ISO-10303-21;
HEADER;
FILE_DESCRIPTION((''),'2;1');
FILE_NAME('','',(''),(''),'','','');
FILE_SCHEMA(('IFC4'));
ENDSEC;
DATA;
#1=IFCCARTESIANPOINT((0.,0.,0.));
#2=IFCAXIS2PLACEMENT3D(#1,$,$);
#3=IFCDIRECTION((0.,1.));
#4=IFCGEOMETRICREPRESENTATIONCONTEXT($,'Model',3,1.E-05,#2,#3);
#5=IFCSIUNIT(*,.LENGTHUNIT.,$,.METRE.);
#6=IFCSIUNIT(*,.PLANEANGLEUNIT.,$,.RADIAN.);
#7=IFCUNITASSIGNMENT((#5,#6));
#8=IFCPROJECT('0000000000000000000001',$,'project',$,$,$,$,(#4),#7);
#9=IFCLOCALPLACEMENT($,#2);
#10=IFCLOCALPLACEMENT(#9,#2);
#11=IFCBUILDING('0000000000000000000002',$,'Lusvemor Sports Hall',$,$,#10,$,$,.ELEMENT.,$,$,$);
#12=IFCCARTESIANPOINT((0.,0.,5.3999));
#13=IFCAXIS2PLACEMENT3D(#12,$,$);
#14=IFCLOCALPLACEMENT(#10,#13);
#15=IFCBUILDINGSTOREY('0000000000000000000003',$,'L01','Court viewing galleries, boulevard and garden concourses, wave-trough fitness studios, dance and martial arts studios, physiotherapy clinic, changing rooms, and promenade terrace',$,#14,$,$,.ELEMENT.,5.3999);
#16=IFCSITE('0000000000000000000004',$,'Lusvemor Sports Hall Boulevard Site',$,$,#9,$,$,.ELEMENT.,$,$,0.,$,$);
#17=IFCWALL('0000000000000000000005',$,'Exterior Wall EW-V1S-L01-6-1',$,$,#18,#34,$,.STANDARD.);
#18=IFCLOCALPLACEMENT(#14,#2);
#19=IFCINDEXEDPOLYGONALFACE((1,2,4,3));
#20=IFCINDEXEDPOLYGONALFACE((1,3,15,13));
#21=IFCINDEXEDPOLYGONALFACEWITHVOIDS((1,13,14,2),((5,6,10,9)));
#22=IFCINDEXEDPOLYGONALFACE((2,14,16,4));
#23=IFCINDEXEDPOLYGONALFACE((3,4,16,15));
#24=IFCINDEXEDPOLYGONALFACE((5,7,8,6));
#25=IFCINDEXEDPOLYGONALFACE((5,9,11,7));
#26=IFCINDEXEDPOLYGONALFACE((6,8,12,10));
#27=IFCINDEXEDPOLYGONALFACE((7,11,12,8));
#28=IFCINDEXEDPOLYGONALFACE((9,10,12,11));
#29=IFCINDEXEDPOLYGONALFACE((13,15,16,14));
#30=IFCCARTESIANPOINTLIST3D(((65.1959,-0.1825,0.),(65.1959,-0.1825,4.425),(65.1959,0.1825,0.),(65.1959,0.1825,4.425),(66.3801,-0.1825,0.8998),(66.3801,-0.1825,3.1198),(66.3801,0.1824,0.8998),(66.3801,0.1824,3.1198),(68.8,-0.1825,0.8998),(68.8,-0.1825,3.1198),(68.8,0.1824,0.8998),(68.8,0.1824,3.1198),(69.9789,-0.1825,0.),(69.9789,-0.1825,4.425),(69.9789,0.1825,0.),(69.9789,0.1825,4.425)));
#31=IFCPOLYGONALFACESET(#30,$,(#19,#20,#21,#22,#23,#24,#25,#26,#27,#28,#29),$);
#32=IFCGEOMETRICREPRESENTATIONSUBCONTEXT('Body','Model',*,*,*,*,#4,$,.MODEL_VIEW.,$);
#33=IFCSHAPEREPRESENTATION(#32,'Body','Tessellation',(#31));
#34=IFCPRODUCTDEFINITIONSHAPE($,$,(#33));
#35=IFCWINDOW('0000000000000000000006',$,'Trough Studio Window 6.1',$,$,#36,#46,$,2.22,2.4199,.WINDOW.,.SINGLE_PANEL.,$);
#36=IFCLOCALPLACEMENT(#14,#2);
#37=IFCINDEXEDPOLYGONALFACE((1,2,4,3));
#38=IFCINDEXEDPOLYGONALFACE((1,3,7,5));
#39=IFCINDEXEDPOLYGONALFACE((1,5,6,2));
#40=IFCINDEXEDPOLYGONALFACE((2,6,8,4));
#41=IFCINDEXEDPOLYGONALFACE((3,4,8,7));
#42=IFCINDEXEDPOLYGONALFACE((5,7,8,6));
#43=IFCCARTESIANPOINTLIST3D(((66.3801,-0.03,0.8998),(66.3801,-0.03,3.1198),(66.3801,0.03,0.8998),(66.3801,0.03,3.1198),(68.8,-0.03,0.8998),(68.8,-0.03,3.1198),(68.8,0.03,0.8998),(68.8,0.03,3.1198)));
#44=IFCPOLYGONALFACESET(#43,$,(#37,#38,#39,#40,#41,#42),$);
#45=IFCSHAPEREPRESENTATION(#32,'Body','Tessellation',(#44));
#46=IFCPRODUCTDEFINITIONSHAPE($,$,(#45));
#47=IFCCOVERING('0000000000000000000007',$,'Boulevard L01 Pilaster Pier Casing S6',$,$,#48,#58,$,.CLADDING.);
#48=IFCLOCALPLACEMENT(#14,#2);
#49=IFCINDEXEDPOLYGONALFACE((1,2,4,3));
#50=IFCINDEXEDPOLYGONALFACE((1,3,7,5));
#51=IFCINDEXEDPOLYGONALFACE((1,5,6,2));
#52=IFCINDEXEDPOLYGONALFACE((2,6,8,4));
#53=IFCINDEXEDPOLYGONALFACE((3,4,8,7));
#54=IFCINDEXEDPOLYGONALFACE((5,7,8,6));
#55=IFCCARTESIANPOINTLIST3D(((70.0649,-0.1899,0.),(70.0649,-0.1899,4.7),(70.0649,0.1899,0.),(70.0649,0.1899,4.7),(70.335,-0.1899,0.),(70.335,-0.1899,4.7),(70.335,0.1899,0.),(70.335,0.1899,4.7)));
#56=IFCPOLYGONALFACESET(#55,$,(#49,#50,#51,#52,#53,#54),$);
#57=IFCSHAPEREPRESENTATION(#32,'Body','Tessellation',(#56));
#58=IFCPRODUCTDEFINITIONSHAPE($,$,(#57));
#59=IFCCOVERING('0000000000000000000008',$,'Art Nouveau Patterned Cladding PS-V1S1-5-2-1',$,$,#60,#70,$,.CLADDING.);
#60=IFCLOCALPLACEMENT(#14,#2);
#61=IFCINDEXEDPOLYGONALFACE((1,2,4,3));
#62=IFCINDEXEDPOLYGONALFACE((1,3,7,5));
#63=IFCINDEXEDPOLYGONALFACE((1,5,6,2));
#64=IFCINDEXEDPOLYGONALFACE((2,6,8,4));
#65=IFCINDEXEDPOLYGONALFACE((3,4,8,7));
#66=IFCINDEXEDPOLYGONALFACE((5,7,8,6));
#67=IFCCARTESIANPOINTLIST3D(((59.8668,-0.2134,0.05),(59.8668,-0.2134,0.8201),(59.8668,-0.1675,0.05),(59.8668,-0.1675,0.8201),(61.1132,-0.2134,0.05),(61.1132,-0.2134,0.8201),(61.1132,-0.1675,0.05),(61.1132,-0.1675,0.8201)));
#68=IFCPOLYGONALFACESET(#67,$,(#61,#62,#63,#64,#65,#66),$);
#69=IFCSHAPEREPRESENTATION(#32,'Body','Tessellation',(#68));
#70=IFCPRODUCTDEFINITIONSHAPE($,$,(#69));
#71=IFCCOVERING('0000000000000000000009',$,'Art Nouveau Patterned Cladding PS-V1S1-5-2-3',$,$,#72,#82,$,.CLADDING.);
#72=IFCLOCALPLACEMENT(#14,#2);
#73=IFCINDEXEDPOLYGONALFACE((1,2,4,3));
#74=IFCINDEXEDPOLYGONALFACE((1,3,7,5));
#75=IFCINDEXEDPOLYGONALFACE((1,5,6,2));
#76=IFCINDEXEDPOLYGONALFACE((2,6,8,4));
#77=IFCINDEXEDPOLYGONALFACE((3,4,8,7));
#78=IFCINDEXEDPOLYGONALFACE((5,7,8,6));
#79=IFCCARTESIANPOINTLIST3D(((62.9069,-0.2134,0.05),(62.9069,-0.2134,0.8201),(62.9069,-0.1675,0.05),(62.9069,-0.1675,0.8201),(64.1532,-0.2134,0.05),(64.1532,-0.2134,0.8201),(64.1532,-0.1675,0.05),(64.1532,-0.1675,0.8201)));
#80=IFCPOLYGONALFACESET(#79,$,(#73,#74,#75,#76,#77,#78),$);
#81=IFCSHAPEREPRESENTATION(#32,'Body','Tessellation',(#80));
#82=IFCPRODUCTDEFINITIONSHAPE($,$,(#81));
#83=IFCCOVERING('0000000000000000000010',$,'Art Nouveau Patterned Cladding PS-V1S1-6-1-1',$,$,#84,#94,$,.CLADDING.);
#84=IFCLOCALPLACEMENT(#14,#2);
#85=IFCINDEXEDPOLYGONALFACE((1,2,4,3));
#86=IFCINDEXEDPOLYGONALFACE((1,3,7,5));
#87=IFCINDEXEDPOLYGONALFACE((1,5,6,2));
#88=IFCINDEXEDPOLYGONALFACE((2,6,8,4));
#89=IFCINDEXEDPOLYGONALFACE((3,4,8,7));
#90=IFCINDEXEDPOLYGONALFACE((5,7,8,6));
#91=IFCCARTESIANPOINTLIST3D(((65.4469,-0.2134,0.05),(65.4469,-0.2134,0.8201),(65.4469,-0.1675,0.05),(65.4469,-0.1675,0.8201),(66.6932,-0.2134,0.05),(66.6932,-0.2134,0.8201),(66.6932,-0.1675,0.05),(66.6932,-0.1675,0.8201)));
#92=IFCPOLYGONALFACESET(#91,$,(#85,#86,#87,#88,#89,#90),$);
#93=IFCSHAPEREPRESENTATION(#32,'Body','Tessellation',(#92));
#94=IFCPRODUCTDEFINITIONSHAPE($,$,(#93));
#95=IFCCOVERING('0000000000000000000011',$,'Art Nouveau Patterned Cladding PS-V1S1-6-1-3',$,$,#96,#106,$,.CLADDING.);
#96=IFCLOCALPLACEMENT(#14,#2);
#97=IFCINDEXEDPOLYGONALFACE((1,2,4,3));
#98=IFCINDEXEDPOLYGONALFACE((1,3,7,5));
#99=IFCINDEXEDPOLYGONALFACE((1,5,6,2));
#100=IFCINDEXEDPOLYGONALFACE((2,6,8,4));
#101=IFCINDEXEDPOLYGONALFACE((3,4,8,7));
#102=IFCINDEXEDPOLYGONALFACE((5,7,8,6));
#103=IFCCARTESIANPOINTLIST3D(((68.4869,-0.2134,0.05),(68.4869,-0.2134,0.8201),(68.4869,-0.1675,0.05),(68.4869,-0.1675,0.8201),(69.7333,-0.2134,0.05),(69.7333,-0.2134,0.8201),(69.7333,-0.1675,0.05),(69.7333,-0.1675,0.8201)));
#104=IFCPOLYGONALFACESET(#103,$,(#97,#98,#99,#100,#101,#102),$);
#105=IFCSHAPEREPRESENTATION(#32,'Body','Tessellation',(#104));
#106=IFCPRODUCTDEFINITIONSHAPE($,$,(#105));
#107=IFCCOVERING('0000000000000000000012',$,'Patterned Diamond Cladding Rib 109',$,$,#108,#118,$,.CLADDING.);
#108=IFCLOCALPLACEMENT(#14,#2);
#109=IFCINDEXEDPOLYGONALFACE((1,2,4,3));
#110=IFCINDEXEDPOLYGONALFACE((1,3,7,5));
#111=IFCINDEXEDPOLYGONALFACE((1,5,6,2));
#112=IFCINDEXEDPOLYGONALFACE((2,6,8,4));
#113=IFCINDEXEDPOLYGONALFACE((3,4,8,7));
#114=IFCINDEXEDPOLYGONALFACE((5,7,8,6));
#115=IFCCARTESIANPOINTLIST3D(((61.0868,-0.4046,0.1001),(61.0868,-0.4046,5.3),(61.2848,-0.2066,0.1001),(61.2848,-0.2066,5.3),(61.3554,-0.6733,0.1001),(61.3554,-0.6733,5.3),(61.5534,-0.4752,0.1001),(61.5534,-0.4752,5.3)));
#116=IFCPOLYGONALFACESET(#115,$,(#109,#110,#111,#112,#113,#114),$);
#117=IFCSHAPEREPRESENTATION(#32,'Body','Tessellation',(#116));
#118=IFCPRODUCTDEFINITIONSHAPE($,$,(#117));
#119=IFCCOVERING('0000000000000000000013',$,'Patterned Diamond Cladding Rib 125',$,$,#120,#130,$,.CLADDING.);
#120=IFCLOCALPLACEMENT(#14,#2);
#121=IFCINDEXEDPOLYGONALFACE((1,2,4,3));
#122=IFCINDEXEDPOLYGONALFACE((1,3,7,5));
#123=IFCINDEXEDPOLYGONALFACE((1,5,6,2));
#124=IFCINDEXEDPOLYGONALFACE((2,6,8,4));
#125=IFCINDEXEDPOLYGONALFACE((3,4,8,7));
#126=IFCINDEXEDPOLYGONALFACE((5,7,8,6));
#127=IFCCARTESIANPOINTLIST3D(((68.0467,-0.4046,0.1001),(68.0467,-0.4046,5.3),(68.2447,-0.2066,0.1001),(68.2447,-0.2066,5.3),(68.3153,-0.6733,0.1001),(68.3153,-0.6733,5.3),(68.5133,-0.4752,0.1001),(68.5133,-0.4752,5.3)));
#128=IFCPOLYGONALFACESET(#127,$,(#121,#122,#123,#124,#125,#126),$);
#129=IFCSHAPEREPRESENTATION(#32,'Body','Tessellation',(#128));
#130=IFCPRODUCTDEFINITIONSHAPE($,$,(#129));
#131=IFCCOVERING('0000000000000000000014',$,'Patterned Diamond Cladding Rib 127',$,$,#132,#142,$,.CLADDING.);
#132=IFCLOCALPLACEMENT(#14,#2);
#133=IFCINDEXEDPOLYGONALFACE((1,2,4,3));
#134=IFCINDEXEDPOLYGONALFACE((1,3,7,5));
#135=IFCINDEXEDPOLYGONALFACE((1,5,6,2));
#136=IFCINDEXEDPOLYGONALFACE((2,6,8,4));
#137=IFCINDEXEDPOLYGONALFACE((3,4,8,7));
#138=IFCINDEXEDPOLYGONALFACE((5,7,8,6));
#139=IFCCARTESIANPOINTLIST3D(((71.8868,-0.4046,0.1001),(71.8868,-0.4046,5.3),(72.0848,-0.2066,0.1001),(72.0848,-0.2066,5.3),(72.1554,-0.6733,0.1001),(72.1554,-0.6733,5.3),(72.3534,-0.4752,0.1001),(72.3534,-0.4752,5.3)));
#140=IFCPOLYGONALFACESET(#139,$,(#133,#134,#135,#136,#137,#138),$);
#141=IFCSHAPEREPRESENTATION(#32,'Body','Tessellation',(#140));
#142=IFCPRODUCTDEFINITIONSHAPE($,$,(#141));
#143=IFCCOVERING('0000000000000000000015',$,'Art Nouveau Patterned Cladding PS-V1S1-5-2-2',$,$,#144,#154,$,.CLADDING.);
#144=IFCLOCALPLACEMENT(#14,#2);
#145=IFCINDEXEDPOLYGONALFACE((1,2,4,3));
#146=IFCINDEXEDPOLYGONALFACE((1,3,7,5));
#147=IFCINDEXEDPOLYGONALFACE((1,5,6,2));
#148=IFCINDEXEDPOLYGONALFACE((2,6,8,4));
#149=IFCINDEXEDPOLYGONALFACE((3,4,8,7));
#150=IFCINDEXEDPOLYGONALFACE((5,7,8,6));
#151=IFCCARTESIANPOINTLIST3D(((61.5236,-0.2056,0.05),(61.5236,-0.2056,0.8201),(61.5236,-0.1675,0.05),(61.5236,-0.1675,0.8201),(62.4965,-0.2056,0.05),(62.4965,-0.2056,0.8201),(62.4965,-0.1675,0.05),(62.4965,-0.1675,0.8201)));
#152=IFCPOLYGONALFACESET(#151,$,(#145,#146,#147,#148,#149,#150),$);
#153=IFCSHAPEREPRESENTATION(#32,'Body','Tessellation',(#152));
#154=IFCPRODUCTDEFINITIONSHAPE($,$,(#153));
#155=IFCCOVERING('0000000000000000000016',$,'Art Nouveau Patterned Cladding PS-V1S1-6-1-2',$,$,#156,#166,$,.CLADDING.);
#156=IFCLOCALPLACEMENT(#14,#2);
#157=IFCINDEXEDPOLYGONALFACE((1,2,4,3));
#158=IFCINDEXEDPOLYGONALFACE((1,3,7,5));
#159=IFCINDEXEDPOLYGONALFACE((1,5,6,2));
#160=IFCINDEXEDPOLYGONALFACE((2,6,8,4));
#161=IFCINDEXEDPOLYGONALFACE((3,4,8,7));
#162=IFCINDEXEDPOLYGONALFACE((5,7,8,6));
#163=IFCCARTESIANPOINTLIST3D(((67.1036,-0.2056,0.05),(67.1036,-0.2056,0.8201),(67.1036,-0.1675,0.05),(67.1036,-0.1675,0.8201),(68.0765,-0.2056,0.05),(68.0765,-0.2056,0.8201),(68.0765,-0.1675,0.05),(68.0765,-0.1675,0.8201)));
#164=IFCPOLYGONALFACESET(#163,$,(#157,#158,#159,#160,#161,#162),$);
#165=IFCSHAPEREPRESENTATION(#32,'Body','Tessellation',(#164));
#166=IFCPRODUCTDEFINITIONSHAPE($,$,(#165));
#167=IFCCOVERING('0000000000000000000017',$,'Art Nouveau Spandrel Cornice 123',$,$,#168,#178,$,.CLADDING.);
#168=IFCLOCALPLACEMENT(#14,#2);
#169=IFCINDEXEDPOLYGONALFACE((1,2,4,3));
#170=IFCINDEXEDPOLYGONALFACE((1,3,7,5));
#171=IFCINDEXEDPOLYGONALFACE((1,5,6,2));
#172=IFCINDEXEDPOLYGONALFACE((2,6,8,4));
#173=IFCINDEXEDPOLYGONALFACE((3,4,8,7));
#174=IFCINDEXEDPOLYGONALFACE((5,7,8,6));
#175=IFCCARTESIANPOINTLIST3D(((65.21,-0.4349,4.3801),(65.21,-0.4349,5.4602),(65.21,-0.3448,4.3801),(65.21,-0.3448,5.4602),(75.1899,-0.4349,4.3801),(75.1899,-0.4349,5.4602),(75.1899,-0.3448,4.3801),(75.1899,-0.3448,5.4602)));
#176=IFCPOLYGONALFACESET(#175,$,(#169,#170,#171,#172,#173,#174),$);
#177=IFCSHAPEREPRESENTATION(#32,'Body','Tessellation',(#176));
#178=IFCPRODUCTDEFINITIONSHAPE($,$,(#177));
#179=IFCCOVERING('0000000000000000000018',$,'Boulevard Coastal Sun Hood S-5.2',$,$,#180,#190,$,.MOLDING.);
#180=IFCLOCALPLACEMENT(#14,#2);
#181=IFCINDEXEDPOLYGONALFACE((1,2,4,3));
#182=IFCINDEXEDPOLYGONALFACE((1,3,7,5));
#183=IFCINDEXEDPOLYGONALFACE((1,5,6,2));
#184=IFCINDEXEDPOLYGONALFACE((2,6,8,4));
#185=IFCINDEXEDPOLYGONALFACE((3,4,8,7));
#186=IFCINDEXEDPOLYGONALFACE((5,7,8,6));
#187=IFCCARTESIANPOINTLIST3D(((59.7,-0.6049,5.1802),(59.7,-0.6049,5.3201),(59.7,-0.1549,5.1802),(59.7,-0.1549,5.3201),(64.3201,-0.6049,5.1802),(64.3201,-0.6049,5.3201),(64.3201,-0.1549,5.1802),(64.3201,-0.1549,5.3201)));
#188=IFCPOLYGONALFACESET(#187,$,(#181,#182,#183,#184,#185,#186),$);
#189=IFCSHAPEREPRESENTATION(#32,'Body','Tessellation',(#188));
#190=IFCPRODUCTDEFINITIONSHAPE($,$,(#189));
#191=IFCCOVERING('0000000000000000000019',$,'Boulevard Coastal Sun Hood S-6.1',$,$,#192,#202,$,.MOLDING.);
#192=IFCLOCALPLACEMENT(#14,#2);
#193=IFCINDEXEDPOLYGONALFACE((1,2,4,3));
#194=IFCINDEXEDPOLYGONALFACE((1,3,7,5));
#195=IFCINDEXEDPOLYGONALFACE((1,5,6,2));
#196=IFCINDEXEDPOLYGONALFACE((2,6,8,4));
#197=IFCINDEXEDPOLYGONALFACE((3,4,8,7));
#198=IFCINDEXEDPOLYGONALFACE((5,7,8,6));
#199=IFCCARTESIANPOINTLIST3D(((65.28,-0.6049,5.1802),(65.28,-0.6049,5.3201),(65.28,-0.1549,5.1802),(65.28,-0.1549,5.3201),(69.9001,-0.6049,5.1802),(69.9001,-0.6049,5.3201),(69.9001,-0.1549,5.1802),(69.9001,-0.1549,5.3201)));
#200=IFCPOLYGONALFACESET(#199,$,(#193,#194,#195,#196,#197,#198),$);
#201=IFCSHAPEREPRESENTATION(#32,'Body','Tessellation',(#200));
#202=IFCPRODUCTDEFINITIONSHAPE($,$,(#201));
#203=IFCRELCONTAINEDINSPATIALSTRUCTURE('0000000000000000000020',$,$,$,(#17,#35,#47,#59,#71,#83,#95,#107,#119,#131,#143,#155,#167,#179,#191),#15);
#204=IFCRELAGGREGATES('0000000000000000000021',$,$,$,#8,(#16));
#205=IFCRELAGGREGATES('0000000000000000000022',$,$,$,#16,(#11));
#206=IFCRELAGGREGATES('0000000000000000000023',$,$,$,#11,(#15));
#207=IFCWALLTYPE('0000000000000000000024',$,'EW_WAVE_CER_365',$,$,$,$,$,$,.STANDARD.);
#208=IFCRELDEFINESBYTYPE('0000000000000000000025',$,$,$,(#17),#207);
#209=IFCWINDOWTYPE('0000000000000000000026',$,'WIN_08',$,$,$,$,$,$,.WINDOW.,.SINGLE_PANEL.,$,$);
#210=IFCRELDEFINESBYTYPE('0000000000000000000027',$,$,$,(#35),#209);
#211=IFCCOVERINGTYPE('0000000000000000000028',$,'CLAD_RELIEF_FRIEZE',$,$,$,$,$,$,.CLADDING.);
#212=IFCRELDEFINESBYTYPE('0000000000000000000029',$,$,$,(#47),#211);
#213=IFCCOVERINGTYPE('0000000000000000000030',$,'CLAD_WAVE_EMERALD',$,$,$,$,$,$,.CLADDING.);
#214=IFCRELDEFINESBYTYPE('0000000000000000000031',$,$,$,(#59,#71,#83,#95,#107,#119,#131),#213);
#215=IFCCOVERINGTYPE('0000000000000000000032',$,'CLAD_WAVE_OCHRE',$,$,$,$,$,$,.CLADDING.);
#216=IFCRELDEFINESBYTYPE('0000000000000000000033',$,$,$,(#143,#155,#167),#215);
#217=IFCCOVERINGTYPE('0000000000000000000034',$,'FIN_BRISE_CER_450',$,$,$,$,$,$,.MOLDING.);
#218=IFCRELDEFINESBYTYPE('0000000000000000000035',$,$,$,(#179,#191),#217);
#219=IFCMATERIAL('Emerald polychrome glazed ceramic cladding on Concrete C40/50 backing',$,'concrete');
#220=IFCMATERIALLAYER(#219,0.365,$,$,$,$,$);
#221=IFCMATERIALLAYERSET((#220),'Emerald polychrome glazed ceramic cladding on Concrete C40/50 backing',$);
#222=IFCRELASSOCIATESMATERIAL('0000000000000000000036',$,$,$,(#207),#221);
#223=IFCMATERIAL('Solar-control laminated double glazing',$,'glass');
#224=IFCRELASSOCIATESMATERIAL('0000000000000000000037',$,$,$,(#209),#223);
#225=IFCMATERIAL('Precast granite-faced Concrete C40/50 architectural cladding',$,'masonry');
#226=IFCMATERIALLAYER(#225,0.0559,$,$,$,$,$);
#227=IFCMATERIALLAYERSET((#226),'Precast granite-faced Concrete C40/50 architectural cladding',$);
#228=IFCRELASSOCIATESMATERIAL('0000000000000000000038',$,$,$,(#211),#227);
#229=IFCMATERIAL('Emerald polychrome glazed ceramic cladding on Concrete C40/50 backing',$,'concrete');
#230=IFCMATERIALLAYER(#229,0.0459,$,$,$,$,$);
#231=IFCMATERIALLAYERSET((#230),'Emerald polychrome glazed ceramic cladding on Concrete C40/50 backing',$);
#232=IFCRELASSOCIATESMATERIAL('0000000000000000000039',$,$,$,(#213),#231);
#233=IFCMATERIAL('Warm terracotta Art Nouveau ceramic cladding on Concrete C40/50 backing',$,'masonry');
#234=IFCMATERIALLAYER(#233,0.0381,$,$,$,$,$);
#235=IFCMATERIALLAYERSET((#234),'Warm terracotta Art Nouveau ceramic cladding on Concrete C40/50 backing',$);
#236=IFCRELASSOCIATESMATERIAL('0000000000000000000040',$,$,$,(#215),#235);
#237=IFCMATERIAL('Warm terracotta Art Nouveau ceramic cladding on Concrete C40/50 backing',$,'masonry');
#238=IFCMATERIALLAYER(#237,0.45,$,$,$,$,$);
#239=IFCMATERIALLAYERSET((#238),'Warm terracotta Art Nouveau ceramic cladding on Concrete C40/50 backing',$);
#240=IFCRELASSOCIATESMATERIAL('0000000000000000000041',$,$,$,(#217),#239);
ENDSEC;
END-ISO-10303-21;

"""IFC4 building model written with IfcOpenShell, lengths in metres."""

from ifc_helpers import new_model, si_unit, direction, frame, frame_2d, origin, origin_2d, place, context, subcontext, project, spatial, rectangle, extrude, material, layer, layer_set, type_object, element, fill, save


model = new_model("IFC4")

# Units and contexts
model_context = context("Model", 3, precision=1e-05, world=origin(), true_north=direction((0.0, 1.0)))
body_context = subcontext(model_context, "Body", "Model", "MODEL_VIEW")
ifc_project = project(units=[si_unit("LENGTHUNIT", "METRE"), si_unit("PLANEANGLEUNIT", "RADIAN")], contexts=[model_context])

# Site, building, storey
site_placement = place(None, origin())
site = spatial("IfcSite", under=ifc_project, at=site_placement, Name="Lusvemor Sports Hall Boulevard Site", CompositionType="ELEMENT", RefElevation=0.0)
building_placement = place(site_placement, origin())
building = spatial("IfcBuilding", under=site, at=building_placement, Name="Lusvemor Sports Hall", CompositionType="ELEMENT")
storey_placement = place(building_placement, frame((0.0, 0.0, 5.3999)))
storey = spatial("IfcBuildingStorey", under=building, at=storey_placement, Name="L01", Description="Court viewing galleries, boulevard and garden concourses, wave-trough fitness studios, dance and martial arts studios, physiotherapy clinic, changing rooms, and promenade terrace", CompositionType="ELEMENT", Elevation=5.3999)

# Wall, opening, window
ifc_material_1 = material(Name="Emerald polychrome glazed ceramic cladding on Concrete C40/50 backing", Category="concrete")
ifc_layer_1 = layer(ifc_material_1, 0.365)
ifc_layer_set_1 = layer_set([ifc_layer_1], Name="Emerald polychrome glazed ceramic cladding on Concrete C40/50 backing")
wall_type = type_object("IfcWallType", Name="EW_WAVE_CER_365", PredefinedType="STANDARD", material=ifc_layer_set_1)
ifc_material_2 = material(Name="Solar-control laminated double glazing", Category="glass")
window_type = type_object("IfcWindowType", Name="WIN_08", PartitioningType="SINGLE_PANEL", PredefinedType="WINDOW", material=ifc_material_2)
wall_1_placement = place(storey_placement, frame((69.979, 0.0, 0.0), z_axis=(0.0, 0.0, 1.0), x_axis=(-1.0, 0.0, 0.0)))
wall_1 = element("IfcWall", 1, at=wall_1_placement, inside=storey, type_object=wall_type, Name="Exterior Wall EW-V1S-L01-6-1", PredefinedType="STANDARD", context=body_context, shape_type="SweptSolid", body=[
    extrude(rectangle(XDim=4.783, YDim=0.365, at=frame_2d((2.3916, 0.0))), origin(), (0.0, 0.0, 1.0), 4.425),
])
opening_1_placement = place(wall_1_placement, frame((1.179, 0.0, 0.8999)))
opening_1 = element("IfcOpeningElement", 2, at=opening_1_placement, cuts=wall_1, PredefinedType="OPENING", context=body_context, shape_type="SweptSolid", body=[
    extrude(rectangle(XDim=2.4199, YDim=2.22, at=frame_2d((1.21, 1.1099))), frame((0.0, 0.1826, 0.0), z_axis=(0.0, -1.0, 0.0), x_axis=(1.0, 0.0, 0.0)), (0.0, 0.0, 1.0), 0.365),
])
window_1_placement = place(opening_1_placement, origin())
window_1 = element("IfcWindow", 3, at=window_1_placement, inside=storey, type_object=window_type, Name="Trough Studio Window 6.1", OverallHeight=2.22, OverallWidth=2.4199, PartitioningType="SINGLE_PANEL", PredefinedType="WINDOW", context=body_context, shape_type="SweptSolid", body=[
    extrude(rectangle(XDim=2.4199, YDim=2.22, at=frame_2d((1.21, 1.1099))), frame((0.0, 0.03, 0.0), z_axis=(0.0, -1.0, 0.0), x_axis=(1.0, 0.0, 0.0)), (0.0, 0.0, 1.0), 0.0601),
])
fill(opening_1, window_1)

# Coverings
ifc_material_3 = material(Name="Precast granite-faced Concrete C40/50 architectural cladding", Category="masonry")
ifc_layer_2 = layer(ifc_material_3, 0.0559)
ifc_layer_set_2 = layer_set([ifc_layer_2], Name="Precast granite-faced Concrete C40/50 architectural cladding")
covering_type_1 = type_object("IfcCoveringType", Name="CLAD_RELIEF_FRIEZE", PredefinedType="CLADDING", material=ifc_layer_set_2)
covering_1_placement = place(storey_placement, frame((70.2, 0.0, 0.0), z_axis=(0.0, 0.0, 1.0), x_axis=(1.0, 0.0, 0.0)))
element("IfcCovering", 4, at=covering_1_placement, inside=storey, type_object=covering_type_1, Name="Boulevard L01 Pilaster Pier Casing S6", PredefinedType="CLADDING", context=body_context, shape_type="SweptSolid", body=[
    extrude(rectangle(XDim=0.27, YDim=0.3799, at=origin_2d()), origin(), (0.0, 0.0, 1.0), 4.7),
])
ifc_material_4 = material(Name="Emerald polychrome glazed ceramic cladding on Concrete C40/50 backing", Category="concrete")
ifc_layer_3 = layer(ifc_material_4, 0.0459)
ifc_layer_set_3 = layer_set([ifc_layer_3], Name="Emerald polychrome glazed ceramic cladding on Concrete C40/50 backing")
covering_type_2 = type_object("IfcCoveringType", Name="CLAD_WAVE_EMERALD", PredefinedType="CLADDING", material=ifc_layer_set_3)
for number, where, z_axis, x_axis, name in (
    (5, (60.49, -0.1904, 0.05), (0.0, 0.0, 1.0), (1.0, 0.0, 0.0), "Art Nouveau Patterned Cladding PS-V1S1-5-2-1"),
    (6, (63.53, -0.1904, 0.05), (0.0, 0.0, 1.0), (1.0, 0.0, 0.0), "Art Nouveau Patterned Cladding PS-V1S1-5-2-3"),
    (7, (66.0701, -0.1904, 0.05), (0.0, 0.0, 1.0), (1.0, 0.0, 0.0), "Art Nouveau Patterned Cladding PS-V1S1-6-1-1"),
    (8, (69.1101, -0.1904, 0.05), (0.0, 0.0, 1.0), (1.0, 0.0, 0.0), "Art Nouveau Patterned Cladding PS-V1S1-6-1-3"),
):
    element("IfcCovering", number, at=place(storey_placement, frame(where, z_axis=z_axis, x_axis=x_axis)), inside=storey, type_object=covering_type_2, Name=name, PredefinedType="CLADDING", context=body_context, shape_type="SweptSolid", body=[
        extrude(rectangle(XDim=1.2463, YDim=0.0459, at=origin_2d()), origin(), (0.0, 0.0, 1.0), 0.77),
    ])
for number, where, z_axis, x_axis, name in (
    (9, (61.3201, -0.4399, 0.1001), (0.0, 0.0, 1.0), (0.707107, 0.707107, 0.0), "Patterned Diamond Cladding Rib 109"),
    (10, (68.28, -0.4399, 0.1001), (0.0, 0.0, 1.0), (0.707107, 0.707107, 0.0), "Patterned Diamond Cladding Rib 125"),
    (11, (72.1201, -0.4399, 0.1001), (0.0, 0.0, 1.0), (0.707107, 0.707107, 0.0), "Patterned Diamond Cladding Rib 127"),
):
    element("IfcCovering", number, at=place(storey_placement, frame(where, z_axis=z_axis, x_axis=x_axis)), inside=storey, type_object=covering_type_2, Name=name, PredefinedType="CLADDING", context=body_context, shape_type="SweptSolid", body=[
        extrude(rectangle(XDim=0.28, YDim=0.3799, at=origin_2d()), origin(), (0.0, 0.0, 1.0), 5.2),
    ])
ifc_material_5 = material(Name="Warm terracotta Art Nouveau ceramic cladding on Concrete C40/50 backing", Category="masonry")
ifc_layer_4 = layer(ifc_material_5, 0.0381)
ifc_layer_set_4 = layer_set([ifc_layer_4], Name="Warm terracotta Art Nouveau ceramic cladding on Concrete C40/50 backing")
covering_type_3 = type_object("IfcCoveringType", Name="CLAD_WAVE_OCHRE", PredefinedType="CLADDING", material=ifc_layer_set_4)
for number, where, z_axis, x_axis, name in (
    (12, (62.01, -0.1865, 0.05), (0.0, 0.0, 1.0), (1.0, 0.0, 0.0), "Art Nouveau Patterned Cladding PS-V1S1-5-2-2"),
    (13, (67.5901, -0.1865, 0.05), (0.0, 0.0, 1.0), (1.0, 0.0, 0.0), "Art Nouveau Patterned Cladding PS-V1S1-6-1-2"),
):
    element("IfcCovering", number, at=place(storey_placement, frame(where, z_axis=z_axis, x_axis=x_axis)), inside=storey, type_object=covering_type_3, Name=name, PredefinedType="CLADDING", context=body_context, shape_type="SweptSolid", body=[
        extrude(rectangle(XDim=0.9729, YDim=0.0381, at=origin_2d()), origin(), (0.0, 0.0, 1.0), 0.77),
    ])
covering_2_placement = place(storey_placement, frame((70.2, -0.3899, 4.3801), z_axis=(0.0, 0.0, 1.0), x_axis=(1.0, 0.0, 0.0)))
element("IfcCovering", 14, at=covering_2_placement, inside=storey, type_object=covering_type_3, Name="Art Nouveau Spandrel Cornice 123", PredefinedType="CLADDING", context=body_context, shape_type="SweptSolid", body=[
    extrude(rectangle(XDim=9.98, YDim=0.0901, at=origin_2d()), origin(), (0.0, 0.0, 1.0), 1.0801),
])
ifc_material_6 = material(Name="Warm terracotta Art Nouveau ceramic cladding on Concrete C40/50 backing", Category="masonry")
ifc_layer_5 = layer(ifc_material_6, 0.45)
ifc_layer_set_5 = layer_set([ifc_layer_5], Name="Warm terracotta Art Nouveau ceramic cladding on Concrete C40/50 backing")
covering_type_4 = type_object("IfcCoveringType", Name="FIN_BRISE_CER_450", PredefinedType="MOLDING", material=ifc_layer_set_5)
for number, where, z_axis, x_axis, name in (
    (15, (62.01, -0.3799, 5.1802), (0.0, 0.0, 1.0), (1.0, 0.0, 0.0), "Boulevard Coastal Sun Hood S-5.2"),
    (16, (67.5901, -0.3799, 5.1802), (0.0, 0.0, 1.0), (1.0, 0.0, 0.0), "Boulevard Coastal Sun Hood S-6.1"),
):
    element("IfcCovering", number, at=place(storey_placement, frame(where, z_axis=z_axis, x_axis=x_axis)), inside=storey, type_object=covering_type_4, Name=name, PredefinedType="MOLDING", context=body_context, shape_type="SweptSolid", body=[
        extrude(rectangle(XDim=4.6201, YDim=0.45, at=origin_2d()), origin(), (0.0, 0.0, 1.0), 0.1399),
    ])

save(model, "model.ifc")
